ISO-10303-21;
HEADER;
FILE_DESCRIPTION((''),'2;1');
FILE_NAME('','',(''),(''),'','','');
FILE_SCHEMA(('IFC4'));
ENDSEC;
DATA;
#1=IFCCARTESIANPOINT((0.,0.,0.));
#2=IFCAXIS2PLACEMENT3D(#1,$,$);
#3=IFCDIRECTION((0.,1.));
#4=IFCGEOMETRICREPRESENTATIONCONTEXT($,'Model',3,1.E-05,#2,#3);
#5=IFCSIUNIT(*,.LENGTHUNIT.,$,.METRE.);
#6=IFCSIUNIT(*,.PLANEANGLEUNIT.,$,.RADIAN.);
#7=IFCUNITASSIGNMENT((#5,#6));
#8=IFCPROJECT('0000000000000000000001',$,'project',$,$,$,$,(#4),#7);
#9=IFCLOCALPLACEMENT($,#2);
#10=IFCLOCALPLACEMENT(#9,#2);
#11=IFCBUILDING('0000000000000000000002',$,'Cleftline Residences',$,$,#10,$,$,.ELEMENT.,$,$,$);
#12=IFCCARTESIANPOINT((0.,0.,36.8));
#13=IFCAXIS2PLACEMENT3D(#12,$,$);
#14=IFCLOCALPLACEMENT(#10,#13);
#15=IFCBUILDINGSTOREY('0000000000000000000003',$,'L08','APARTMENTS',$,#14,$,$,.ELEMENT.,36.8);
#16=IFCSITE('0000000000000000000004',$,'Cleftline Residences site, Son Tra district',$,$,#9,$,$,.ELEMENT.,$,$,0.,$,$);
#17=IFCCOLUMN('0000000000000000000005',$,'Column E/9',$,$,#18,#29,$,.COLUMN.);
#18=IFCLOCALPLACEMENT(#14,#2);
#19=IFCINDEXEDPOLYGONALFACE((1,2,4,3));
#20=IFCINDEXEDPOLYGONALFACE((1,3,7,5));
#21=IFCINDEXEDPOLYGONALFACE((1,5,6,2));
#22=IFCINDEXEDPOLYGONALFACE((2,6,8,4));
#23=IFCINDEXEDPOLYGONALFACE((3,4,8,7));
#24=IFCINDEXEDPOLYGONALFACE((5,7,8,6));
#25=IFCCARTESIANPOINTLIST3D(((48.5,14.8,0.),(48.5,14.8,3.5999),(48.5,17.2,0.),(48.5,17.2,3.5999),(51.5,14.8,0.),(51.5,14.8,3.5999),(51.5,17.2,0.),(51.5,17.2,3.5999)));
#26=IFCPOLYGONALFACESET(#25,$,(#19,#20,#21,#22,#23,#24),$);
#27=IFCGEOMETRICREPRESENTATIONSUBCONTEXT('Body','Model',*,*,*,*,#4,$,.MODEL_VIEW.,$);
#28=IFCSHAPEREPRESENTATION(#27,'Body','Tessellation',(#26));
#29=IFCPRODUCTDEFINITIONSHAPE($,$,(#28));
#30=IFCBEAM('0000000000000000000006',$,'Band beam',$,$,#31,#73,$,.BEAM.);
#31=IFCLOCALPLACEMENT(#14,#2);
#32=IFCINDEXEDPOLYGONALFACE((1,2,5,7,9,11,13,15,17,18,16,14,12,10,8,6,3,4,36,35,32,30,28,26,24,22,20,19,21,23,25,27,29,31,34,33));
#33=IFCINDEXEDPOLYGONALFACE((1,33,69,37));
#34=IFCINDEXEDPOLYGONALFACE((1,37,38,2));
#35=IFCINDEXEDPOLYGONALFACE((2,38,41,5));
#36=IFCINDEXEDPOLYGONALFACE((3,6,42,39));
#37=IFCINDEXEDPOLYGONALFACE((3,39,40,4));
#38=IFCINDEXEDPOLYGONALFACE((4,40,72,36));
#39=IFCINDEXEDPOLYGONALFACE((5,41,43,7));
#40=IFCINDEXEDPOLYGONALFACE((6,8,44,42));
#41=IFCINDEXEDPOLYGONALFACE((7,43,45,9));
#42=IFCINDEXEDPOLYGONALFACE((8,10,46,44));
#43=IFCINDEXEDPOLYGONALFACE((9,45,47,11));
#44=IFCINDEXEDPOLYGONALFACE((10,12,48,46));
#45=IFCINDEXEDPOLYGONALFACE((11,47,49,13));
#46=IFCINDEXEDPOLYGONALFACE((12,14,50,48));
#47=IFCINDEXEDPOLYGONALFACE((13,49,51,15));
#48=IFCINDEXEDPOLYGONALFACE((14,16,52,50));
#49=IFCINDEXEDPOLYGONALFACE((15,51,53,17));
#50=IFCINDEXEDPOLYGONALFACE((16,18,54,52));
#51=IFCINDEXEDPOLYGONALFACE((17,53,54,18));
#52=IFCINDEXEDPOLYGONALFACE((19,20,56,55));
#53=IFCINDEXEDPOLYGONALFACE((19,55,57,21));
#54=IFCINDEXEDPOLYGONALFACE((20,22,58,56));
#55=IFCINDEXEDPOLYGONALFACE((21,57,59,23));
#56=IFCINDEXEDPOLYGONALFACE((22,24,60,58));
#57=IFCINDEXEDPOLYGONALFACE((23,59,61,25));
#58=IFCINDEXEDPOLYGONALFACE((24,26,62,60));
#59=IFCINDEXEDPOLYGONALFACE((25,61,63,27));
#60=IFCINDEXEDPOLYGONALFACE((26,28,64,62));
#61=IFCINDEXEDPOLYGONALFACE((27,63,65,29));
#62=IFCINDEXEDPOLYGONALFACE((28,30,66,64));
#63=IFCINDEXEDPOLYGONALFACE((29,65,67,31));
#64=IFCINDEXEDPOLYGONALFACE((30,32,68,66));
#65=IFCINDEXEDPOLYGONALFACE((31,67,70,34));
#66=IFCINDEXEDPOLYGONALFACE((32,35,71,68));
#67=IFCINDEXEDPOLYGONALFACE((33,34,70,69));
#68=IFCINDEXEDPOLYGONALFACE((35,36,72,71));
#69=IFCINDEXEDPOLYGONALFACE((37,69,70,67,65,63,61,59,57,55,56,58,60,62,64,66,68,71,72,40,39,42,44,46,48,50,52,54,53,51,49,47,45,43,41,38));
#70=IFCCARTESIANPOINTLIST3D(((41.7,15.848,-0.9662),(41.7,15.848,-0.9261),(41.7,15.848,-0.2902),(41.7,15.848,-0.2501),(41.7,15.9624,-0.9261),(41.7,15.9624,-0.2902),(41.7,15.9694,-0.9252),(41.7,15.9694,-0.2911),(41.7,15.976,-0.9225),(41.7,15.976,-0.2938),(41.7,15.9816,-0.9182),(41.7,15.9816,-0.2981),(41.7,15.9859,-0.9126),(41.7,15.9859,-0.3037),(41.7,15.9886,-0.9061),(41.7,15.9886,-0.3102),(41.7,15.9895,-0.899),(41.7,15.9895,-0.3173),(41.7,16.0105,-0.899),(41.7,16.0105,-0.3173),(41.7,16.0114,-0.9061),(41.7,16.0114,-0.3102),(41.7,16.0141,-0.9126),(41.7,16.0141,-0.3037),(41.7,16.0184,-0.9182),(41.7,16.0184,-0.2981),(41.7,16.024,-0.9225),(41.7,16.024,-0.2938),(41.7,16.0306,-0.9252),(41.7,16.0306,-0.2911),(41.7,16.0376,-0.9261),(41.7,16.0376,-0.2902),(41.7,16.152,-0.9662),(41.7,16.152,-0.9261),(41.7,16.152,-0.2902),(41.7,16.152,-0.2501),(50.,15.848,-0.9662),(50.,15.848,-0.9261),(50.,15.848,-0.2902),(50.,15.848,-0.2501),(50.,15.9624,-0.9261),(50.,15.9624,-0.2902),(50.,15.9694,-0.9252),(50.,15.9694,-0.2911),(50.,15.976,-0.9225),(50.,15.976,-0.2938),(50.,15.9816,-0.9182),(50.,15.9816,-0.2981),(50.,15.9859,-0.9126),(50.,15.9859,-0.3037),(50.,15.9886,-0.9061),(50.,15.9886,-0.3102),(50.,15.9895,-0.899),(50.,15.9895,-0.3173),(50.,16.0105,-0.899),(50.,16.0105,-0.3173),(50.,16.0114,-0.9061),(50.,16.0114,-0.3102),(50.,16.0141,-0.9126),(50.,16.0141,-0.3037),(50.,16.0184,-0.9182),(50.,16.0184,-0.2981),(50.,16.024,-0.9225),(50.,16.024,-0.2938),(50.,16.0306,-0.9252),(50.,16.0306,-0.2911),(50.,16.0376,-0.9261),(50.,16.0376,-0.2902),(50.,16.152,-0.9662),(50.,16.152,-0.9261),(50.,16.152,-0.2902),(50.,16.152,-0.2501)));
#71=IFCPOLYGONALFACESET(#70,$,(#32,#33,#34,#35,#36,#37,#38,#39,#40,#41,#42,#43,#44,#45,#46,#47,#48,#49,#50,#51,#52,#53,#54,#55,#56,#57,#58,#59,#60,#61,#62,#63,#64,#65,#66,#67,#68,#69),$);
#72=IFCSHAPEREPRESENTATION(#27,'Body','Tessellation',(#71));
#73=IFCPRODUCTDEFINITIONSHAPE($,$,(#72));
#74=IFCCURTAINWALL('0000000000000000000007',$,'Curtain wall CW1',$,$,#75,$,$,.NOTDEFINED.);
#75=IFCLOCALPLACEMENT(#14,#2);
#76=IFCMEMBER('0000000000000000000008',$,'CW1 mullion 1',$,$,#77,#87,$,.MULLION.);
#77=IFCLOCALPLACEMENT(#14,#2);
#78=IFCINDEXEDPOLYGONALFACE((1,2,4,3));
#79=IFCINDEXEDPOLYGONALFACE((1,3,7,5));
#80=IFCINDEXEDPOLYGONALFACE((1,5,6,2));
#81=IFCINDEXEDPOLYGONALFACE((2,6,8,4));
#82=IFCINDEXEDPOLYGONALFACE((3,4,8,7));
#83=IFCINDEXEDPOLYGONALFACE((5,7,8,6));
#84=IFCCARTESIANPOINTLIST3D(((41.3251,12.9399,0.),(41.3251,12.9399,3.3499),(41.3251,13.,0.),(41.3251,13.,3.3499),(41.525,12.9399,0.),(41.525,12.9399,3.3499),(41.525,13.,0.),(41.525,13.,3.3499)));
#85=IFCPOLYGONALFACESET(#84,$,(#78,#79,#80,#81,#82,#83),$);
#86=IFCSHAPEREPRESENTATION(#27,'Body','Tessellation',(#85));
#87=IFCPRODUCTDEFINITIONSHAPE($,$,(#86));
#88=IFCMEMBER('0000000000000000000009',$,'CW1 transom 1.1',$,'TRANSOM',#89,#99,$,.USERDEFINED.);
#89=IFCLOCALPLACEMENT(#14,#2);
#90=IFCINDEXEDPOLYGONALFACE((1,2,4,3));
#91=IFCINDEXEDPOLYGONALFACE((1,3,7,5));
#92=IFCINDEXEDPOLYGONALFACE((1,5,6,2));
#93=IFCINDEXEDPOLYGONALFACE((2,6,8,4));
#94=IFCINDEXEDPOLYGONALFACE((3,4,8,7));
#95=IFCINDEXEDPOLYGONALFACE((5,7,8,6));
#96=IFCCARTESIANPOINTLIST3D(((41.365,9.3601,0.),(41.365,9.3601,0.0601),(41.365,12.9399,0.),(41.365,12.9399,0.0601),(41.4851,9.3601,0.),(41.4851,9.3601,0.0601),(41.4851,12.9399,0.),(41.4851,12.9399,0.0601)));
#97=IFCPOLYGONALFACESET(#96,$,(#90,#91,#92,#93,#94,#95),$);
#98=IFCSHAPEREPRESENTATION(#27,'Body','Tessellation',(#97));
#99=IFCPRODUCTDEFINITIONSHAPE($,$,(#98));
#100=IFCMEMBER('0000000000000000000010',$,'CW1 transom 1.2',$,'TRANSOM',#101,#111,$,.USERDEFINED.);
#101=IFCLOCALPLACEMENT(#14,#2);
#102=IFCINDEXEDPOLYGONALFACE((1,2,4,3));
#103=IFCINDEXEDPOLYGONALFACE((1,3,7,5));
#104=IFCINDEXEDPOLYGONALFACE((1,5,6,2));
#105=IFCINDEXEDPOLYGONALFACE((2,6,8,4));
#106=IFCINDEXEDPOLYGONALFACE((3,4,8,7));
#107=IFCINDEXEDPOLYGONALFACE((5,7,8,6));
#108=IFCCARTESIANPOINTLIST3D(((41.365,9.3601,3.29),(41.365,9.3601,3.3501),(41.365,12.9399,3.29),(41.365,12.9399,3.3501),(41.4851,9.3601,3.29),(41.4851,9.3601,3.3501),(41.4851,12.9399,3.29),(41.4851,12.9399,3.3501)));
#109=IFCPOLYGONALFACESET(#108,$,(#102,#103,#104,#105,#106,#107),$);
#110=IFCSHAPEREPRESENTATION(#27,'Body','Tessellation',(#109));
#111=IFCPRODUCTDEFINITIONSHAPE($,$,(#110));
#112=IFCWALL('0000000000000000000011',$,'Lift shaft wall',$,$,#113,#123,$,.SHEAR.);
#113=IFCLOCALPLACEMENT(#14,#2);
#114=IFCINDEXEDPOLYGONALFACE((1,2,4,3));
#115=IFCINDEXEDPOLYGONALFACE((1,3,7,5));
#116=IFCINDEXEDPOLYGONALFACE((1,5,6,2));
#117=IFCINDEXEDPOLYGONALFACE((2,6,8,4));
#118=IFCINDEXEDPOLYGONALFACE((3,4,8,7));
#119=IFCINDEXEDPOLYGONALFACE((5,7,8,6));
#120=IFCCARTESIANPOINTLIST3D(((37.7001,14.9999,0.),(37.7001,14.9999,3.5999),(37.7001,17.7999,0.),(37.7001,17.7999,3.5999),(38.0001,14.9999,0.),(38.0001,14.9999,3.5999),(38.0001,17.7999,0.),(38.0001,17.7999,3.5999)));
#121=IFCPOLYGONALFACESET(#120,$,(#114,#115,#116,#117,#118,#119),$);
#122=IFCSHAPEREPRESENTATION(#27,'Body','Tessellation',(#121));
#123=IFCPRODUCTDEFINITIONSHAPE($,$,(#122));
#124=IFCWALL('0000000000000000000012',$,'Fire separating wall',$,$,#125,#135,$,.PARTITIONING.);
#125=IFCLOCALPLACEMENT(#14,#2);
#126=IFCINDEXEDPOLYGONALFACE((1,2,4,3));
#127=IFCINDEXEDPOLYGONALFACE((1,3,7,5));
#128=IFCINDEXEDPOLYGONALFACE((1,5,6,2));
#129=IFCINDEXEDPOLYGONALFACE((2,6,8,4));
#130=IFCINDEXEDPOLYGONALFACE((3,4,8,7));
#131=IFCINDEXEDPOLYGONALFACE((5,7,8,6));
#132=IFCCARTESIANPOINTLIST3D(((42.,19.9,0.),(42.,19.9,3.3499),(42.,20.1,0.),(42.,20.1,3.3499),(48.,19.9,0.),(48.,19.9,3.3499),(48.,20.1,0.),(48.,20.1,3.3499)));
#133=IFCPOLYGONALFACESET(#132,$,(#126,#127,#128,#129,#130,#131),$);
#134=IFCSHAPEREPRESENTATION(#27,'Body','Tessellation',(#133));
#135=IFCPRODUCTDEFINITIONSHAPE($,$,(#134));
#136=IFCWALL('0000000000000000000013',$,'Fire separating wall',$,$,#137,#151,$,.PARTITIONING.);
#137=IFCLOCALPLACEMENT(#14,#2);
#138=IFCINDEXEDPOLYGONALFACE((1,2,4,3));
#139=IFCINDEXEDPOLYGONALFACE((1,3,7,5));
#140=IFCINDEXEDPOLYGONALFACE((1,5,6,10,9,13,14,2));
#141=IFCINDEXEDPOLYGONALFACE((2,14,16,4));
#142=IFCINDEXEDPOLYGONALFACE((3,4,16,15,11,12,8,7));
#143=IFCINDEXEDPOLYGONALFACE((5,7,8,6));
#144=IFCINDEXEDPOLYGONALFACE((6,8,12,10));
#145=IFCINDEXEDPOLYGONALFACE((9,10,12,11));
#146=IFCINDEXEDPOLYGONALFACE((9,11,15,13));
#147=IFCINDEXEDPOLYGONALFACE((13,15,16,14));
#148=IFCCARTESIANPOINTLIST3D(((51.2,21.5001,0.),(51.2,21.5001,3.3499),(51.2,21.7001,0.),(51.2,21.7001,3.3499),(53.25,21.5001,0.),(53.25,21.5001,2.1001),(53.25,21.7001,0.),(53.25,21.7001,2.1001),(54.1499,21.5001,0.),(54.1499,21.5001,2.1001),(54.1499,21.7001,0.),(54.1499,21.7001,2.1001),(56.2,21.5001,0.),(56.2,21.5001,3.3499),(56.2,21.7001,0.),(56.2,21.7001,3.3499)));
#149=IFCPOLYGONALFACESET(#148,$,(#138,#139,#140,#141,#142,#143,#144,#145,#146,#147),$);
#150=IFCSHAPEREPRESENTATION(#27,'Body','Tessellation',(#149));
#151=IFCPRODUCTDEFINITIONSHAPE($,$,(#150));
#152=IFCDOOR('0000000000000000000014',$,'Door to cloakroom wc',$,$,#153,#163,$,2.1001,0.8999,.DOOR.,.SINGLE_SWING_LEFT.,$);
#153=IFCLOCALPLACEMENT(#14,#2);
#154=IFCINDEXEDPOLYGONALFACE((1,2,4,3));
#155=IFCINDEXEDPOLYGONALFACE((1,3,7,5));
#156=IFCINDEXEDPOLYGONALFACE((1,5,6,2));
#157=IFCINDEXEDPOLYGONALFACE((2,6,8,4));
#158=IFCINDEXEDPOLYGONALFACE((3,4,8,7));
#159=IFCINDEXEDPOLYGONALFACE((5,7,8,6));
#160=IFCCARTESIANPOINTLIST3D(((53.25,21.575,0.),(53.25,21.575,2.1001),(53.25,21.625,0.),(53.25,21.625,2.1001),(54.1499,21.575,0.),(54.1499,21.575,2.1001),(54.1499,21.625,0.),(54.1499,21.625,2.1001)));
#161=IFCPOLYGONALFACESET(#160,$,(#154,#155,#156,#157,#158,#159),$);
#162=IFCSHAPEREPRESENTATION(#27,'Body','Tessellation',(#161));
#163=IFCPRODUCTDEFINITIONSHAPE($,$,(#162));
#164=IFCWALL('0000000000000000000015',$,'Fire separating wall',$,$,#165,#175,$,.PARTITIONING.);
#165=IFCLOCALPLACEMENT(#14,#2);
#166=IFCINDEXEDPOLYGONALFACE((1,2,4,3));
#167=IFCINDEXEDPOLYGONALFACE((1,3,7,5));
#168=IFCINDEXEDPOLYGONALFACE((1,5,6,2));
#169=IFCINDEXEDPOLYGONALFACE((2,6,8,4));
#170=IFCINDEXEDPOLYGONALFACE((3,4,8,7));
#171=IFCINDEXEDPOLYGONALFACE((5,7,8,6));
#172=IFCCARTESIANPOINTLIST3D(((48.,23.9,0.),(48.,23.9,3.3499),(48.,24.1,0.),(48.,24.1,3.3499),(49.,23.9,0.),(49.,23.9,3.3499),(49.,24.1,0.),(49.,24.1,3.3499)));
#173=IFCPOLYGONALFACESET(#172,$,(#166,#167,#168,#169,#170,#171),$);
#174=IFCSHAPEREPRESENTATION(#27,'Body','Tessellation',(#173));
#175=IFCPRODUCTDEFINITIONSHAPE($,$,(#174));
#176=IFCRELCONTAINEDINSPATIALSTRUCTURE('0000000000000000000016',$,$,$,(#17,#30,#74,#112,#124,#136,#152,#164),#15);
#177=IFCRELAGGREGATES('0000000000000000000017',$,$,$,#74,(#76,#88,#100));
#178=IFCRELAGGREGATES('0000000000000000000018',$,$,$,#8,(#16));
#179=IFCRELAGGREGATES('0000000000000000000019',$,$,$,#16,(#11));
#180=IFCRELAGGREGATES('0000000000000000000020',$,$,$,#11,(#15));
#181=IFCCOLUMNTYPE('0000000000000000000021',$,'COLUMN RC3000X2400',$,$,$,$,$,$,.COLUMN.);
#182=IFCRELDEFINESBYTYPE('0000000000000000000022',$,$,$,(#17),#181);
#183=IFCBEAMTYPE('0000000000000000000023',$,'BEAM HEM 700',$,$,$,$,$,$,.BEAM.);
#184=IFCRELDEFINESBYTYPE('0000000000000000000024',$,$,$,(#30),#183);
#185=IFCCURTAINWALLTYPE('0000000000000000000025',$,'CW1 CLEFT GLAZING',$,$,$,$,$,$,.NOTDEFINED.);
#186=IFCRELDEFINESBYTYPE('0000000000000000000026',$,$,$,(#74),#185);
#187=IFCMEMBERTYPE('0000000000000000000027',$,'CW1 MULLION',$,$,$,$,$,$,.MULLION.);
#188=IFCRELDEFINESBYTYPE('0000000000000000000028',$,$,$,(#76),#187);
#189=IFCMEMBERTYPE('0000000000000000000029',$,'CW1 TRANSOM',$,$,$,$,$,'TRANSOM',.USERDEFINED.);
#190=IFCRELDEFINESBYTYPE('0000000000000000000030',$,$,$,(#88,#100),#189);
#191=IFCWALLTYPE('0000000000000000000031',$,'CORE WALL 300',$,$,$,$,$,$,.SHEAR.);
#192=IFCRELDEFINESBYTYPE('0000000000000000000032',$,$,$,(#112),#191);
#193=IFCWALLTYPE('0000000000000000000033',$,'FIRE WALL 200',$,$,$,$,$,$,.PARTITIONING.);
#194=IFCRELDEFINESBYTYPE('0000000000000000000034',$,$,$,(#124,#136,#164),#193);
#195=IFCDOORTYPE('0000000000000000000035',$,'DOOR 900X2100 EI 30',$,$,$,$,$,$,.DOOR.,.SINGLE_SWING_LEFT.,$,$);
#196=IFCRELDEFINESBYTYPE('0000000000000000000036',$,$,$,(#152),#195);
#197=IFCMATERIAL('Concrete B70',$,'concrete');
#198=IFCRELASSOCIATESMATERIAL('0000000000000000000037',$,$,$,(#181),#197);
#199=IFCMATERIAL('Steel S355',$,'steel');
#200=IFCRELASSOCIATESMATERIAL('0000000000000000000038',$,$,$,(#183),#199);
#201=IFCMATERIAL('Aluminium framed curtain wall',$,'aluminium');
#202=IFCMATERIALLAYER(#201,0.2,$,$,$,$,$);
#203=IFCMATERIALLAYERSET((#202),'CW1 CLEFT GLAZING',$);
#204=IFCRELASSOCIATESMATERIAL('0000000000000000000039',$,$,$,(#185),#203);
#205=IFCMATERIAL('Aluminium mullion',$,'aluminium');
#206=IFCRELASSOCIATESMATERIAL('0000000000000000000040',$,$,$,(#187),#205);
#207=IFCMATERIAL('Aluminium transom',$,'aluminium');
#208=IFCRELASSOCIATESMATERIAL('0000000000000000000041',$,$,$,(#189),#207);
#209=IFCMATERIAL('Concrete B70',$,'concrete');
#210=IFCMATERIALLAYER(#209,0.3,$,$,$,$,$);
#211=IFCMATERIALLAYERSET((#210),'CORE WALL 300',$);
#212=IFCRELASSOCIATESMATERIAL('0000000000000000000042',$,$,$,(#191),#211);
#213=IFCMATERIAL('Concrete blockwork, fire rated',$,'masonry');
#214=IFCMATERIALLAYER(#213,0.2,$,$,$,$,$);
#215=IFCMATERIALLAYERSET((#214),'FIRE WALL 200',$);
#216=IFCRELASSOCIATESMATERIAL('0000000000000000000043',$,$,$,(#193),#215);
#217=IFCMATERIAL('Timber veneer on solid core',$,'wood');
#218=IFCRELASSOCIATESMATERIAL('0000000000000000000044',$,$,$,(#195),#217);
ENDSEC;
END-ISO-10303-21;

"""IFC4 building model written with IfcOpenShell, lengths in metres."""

from ifc_helpers import new_model, si_unit, direction, frame, frame_2d, origin, origin_2d, place, context, subcontext, project, spatial, rectangle, i_section, extrude, material, layer, layer_set, material_profile, profile_set, type_object, element, fill, aggregate, save


model = new_model("IFC4")

# Units and contexts
model_context = context("Model", 3, precision=1e-05, world=origin(), true_north=direction((0.0, 1.0)))
body_context = subcontext(model_context, "Body", "Model", "MODEL_VIEW")
ifc_project = project(units=[si_unit("LENGTHUNIT", "METRE"), si_unit("PLANEANGLEUNIT", "RADIAN")], contexts=[model_context])

# Site, building, storey
site_placement = place(None, origin())
site = spatial("IfcSite", under=ifc_project, at=site_placement, Name="Cleftline Residences site, Son Tra district", CompositionType="ELEMENT", RefElevation=0.0)
building_placement = place(site_placement, origin())
building = spatial("IfcBuilding", under=site, at=building_placement, Name="Cleftline Residences", CompositionType="ELEMENT")
storey_placement = place(building_placement, frame((0.0, 0.0, 36.8)))
storey = spatial("IfcBuildingStorey", under=building, at=storey_placement, Name="L08", Description="APARTMENTS", CompositionType="ELEMENT", Elevation=36.8)

# Column
ifc_material_1 = material(Name="Concrete B70", Category="concrete")
ifc_material_profile_1 = material_profile(ifc_material_1, rectangle(XDim=3.0, YDim=2.3999, at=origin_2d()))
ifc_profile_set_1 = profile_set([ifc_material_profile_1], Name="Concrete B70")
column_type = type_object("IfcColumnType", Name="COLUMN RC3000X2400", PredefinedType="COLUMN", material=ifc_profile_set_1)
column_placement = place(storey_placement, frame((50.0, 16.0, 0.0), z_axis=(0.0, 0.0, 1.0), x_axis=(1.0, 0.0, 0.0)))
element("IfcColumn", 1, at=column_placement, inside=storey, type_object=column_type, Name="Column E/9", PredefinedType="COLUMN", context=body_context, shape_type="SweptSolid", body=[
    extrude(rectangle(XDim=3.0, YDim=2.3999, at=origin_2d()), origin(), (0.0, 0.0, 1.0), 3.5999),
])

# Beam
ifc_material_2 = material(Name="Steel S355", Category="steel")
ifc_material_profile_2 = material_profile(ifc_material_2, i_section(OverallWidth=0.304, OverallDepth=0.7161, WebThickness=0.021, FlangeThickness=0.04, FilletRadius=0.0271, at=origin_2d()))
ifc_profile_set_2 = profile_set([ifc_material_profile_2], Name="Steel S355")
beam_type = type_object("IfcBeamType", Name="BEAM HEM 700", PredefinedType="BEAM", material=ifc_profile_set_2)
beam_placement = place(storey_placement, frame((50.0, 16.0, -0.6082), z_axis=(-1.0, 0.0, 0.0), x_axis=(0.0, -1.0, 0.0)))
element("IfcBeam", 2, at=beam_placement, inside=storey, type_object=beam_type, Name="Band beam", PredefinedType="BEAM", context=body_context, shape_type="SweptSolid", body=[
    extrude(i_section(OverallWidth=0.304, OverallDepth=0.7161, WebThickness=0.021, FlangeThickness=0.04, FilletRadius=0.0271, at=origin_2d()), origin(), (0.0, 0.0, 1.0), 8.3),
])

# Curtain wall, members
ifc_material_3 = material(Name="Aluminium framed curtain wall", Category="aluminium")
ifc_layer_1 = layer(ifc_material_3, 0.2)
ifc_layer_set_1 = layer_set([ifc_layer_1], Name="CW1 CLEFT GLAZING")
curtain_wall_type = type_object("IfcCurtainWallType", Name="CW1 CLEFT GLAZING", PredefinedType="NOTDEFINED", material=ifc_layer_set_1)
curtain_wall_placement = place(storey_placement, origin())
curtain_wall = element("IfcCurtainWall", 3, at=curtain_wall_placement, inside=storey, type_object=curtain_wall_type, Name="Curtain wall CW1", PredefinedType="NOTDEFINED")
ifc_material_4 = material(Name="Aluminium mullion", Category="aluminium")
ifc_material_profile_3 = material_profile(ifc_material_4, rectangle(XDim=0.2, YDim=0.0601, at=origin_2d()))
ifc_profile_set_3 = profile_set([ifc_material_profile_3], Name="Aluminium mullion")
member_type_1 = type_object("IfcMemberType", Name="CW1 MULLION", PredefinedType="MULLION", material=ifc_profile_set_3)
member_1_placement = place(storey_placement, frame((41.425, 12.97, 0.0), z_axis=(0.0, 0.0, 1.0), x_axis=(1.0, 0.0, 0.0)))
member_1 = element("IfcMember", 4, at=member_1_placement, type_object=member_type_1, Name="CW1 mullion 1", PredefinedType="MULLION", context=body_context, shape_type="SweptSolid", body=[
    extrude(rectangle(XDim=0.2, YDim=0.0601, at=origin_2d()), origin(), (0.0, 0.0, 1.0), 3.3499),
])
ifc_material_5 = material(Name="Aluminium transom", Category="aluminium")
ifc_material_profile_4 = material_profile(ifc_material_5, rectangle(XDim=0.1201, YDim=0.0601, at=origin_2d()))
ifc_profile_set_4 = profile_set([ifc_material_profile_4], Name="Aluminium transom")
member_type_2 = type_object("IfcMemberType", Name="CW1 TRANSOM", ElementType="TRANSOM", PredefinedType="USERDEFINED", material=ifc_profile_set_4)
member_2_placement = place(storey_placement, frame((41.425, 12.9399, 0.03), z_axis=(0.0, -1.0, 0.0), x_axis=(1.0, 0.0, 0.0)))
member_2 = element("IfcMember", 5, at=member_2_placement, type_object=member_type_2, Name="CW1 transom 1.1", ObjectType="TRANSOM", PredefinedType="USERDEFINED", context=body_context, shape_type="SweptSolid", body=[
    extrude(rectangle(XDim=0.1201, YDim=0.0601, at=origin_2d()), origin(), (0.0, 0.0, 1.0), 3.5798),
])
member_3_placement = place(storey_placement, frame((41.425, 12.9399, 3.3201), z_axis=(0.0, -1.0, 0.0), x_axis=(1.0, 0.0, 0.0)))
member_3 = element("IfcMember", 6, at=member_3_placement, type_object=member_type_2, Name="CW1 transom 1.2", ObjectType="TRANSOM", PredefinedType="USERDEFINED", context=body_context, shape_type="SweptSolid", body=[
    extrude(rectangle(XDim=0.1201, YDim=0.0601, at=origin_2d()), origin(), (0.0, 0.0, 1.0), 3.5798),
])
aggregate(curtain_wall, [member_1, member_2, member_3])

# Walls
ifc_material_6 = material(Name="Concrete B70", Category="concrete")
ifc_layer_2 = layer(ifc_material_6, 0.3)
ifc_layer_set_2 = layer_set([ifc_layer_2], Name="CORE WALL 300")
wall_type_1 = type_object("IfcWallType", Name="CORE WALL 300", PredefinedType="SHEAR", material=ifc_layer_set_2)
wall_1_placement = place(storey_placement, frame((37.8501, 15.0, 0.0), z_axis=(0.0, 0.0, 1.0), x_axis=(0.0, 1.0, 0.0)))
element("IfcWall", 7, at=wall_1_placement, inside=storey, type_object=wall_type_1, Name="Lift shaft wall", PredefinedType="SHEAR", context=body_context, shape_type="SweptSolid", body=[
    extrude(rectangle(XDim=2.8, YDim=0.3, at=frame_2d((1.3999, 0.0))), origin(), (0.0, 0.0, 1.0), 3.5999),
])
ifc_material_7 = material(Name="Concrete blockwork, fire rated", Category="masonry")
ifc_layer_3 = layer(ifc_material_7, 0.2)
ifc_layer_set_3 = layer_set([ifc_layer_3], Name="FIRE WALL 200")
wall_type_2 = type_object("IfcWallType", Name="FIRE WALL 200", PredefinedType="PARTITIONING", material=ifc_layer_set_3)
wall_2_placement = place(storey_placement, frame((42.0, 20.0, 0.0), z_axis=(0.0, 0.0, 1.0), x_axis=(1.0, 0.0, 0.0)))
element("IfcWall", 8, at=wall_2_placement, inside=storey, type_object=wall_type_2, Name="Fire separating wall", PredefinedType="PARTITIONING", context=body_context, shape_type="SweptSolid", body=[
    extrude(rectangle(XDim=6.0, YDim=0.2, at=frame_2d((3.0, 0.0))), origin(), (0.0, 0.0, 1.0), 3.3499),
])

# Wall, opening, door
wall_3_placement = place(storey_placement, frame((51.2, 21.6001, 0.0), z_axis=(0.0, 0.0, 1.0), x_axis=(1.0, 0.0, 0.0)))
wall_3 = element("IfcWall", 9, at=wall_3_placement, inside=storey, type_object=wall_type_2, Name="Fire separating wall", PredefinedType="PARTITIONING", context=body_context, shape_type="SweptSolid", body=[
    extrude(rectangle(XDim=5.0, YDim=0.2, at=frame_2d((2.5, 0.0))), origin(), (0.0, 0.0, 1.0), 3.3499),
])
opening_1_placement = place(wall_3_placement, frame((2.05, 0.0, 0.0)))
opening_1 = element("IfcOpeningElement", 10, at=opening_1_placement, cuts=wall_3, PredefinedType="OPENING", context=body_context, shape_type="SweptSolid", body=[
    extrude(rectangle(XDim=0.8999, YDim=2.1001, at=frame_2d((0.45, 1.05))), frame((0.0, 0.1099, 0.0), z_axis=(0.0, -1.0, 0.0), x_axis=(1.0, 0.0, 0.0)), (0.0, 0.0, 1.0), 0.22),
])
ifc_material_8 = material(Name="Timber veneer on solid core", Category="wood")
door_type_1 = type_object("IfcDoorType", Name="DOOR 900X2100 EI 30", OperationType="SINGLE_SWING_LEFT", PredefinedType="DOOR", material=ifc_material_8)
door_1_placement = place(opening_1_placement, origin())
door_1 = element("IfcDoor", 11, at=door_1_placement, inside=storey, type_object=door_type_1, Name="Door to cloakroom wc", OperationType="SINGLE_SWING_LEFT", OverallHeight=2.1001, OverallWidth=0.8999, PredefinedType="DOOR", context=body_context, shape_type="SweptSolid", body=[
    extrude(rectangle(XDim=0.8999, YDim=2.1001, at=frame_2d((0.45, 1.05))), frame((0.0, 0.0249, 0.0), z_axis=(0.0, -1.0, 0.0), x_axis=(1.0, 0.0, 0.0)), (0.0, 0.0, 1.0), 0.05),
])
fill(opening_1, door_1)

# Wall
wall_4_placement = place(storey_placement, frame((48.0, 24.0, 0.0), z_axis=(0.0, 0.0, 1.0), x_axis=(1.0, 0.0, 0.0)))
element("IfcWall", 12, at=wall_4_placement, inside=storey, type_object=wall_type_2, Name="Fire separating wall", PredefinedType="PARTITIONING", context=body_context, shape_type="SweptSolid", body=[
    extrude(rectangle(XDim=1.0, YDim=0.2, at=frame_2d((0.5, 0.0))), origin(), (0.0, 0.0, 1.0), 3.3499),
])

save(model, "model.ifc")
